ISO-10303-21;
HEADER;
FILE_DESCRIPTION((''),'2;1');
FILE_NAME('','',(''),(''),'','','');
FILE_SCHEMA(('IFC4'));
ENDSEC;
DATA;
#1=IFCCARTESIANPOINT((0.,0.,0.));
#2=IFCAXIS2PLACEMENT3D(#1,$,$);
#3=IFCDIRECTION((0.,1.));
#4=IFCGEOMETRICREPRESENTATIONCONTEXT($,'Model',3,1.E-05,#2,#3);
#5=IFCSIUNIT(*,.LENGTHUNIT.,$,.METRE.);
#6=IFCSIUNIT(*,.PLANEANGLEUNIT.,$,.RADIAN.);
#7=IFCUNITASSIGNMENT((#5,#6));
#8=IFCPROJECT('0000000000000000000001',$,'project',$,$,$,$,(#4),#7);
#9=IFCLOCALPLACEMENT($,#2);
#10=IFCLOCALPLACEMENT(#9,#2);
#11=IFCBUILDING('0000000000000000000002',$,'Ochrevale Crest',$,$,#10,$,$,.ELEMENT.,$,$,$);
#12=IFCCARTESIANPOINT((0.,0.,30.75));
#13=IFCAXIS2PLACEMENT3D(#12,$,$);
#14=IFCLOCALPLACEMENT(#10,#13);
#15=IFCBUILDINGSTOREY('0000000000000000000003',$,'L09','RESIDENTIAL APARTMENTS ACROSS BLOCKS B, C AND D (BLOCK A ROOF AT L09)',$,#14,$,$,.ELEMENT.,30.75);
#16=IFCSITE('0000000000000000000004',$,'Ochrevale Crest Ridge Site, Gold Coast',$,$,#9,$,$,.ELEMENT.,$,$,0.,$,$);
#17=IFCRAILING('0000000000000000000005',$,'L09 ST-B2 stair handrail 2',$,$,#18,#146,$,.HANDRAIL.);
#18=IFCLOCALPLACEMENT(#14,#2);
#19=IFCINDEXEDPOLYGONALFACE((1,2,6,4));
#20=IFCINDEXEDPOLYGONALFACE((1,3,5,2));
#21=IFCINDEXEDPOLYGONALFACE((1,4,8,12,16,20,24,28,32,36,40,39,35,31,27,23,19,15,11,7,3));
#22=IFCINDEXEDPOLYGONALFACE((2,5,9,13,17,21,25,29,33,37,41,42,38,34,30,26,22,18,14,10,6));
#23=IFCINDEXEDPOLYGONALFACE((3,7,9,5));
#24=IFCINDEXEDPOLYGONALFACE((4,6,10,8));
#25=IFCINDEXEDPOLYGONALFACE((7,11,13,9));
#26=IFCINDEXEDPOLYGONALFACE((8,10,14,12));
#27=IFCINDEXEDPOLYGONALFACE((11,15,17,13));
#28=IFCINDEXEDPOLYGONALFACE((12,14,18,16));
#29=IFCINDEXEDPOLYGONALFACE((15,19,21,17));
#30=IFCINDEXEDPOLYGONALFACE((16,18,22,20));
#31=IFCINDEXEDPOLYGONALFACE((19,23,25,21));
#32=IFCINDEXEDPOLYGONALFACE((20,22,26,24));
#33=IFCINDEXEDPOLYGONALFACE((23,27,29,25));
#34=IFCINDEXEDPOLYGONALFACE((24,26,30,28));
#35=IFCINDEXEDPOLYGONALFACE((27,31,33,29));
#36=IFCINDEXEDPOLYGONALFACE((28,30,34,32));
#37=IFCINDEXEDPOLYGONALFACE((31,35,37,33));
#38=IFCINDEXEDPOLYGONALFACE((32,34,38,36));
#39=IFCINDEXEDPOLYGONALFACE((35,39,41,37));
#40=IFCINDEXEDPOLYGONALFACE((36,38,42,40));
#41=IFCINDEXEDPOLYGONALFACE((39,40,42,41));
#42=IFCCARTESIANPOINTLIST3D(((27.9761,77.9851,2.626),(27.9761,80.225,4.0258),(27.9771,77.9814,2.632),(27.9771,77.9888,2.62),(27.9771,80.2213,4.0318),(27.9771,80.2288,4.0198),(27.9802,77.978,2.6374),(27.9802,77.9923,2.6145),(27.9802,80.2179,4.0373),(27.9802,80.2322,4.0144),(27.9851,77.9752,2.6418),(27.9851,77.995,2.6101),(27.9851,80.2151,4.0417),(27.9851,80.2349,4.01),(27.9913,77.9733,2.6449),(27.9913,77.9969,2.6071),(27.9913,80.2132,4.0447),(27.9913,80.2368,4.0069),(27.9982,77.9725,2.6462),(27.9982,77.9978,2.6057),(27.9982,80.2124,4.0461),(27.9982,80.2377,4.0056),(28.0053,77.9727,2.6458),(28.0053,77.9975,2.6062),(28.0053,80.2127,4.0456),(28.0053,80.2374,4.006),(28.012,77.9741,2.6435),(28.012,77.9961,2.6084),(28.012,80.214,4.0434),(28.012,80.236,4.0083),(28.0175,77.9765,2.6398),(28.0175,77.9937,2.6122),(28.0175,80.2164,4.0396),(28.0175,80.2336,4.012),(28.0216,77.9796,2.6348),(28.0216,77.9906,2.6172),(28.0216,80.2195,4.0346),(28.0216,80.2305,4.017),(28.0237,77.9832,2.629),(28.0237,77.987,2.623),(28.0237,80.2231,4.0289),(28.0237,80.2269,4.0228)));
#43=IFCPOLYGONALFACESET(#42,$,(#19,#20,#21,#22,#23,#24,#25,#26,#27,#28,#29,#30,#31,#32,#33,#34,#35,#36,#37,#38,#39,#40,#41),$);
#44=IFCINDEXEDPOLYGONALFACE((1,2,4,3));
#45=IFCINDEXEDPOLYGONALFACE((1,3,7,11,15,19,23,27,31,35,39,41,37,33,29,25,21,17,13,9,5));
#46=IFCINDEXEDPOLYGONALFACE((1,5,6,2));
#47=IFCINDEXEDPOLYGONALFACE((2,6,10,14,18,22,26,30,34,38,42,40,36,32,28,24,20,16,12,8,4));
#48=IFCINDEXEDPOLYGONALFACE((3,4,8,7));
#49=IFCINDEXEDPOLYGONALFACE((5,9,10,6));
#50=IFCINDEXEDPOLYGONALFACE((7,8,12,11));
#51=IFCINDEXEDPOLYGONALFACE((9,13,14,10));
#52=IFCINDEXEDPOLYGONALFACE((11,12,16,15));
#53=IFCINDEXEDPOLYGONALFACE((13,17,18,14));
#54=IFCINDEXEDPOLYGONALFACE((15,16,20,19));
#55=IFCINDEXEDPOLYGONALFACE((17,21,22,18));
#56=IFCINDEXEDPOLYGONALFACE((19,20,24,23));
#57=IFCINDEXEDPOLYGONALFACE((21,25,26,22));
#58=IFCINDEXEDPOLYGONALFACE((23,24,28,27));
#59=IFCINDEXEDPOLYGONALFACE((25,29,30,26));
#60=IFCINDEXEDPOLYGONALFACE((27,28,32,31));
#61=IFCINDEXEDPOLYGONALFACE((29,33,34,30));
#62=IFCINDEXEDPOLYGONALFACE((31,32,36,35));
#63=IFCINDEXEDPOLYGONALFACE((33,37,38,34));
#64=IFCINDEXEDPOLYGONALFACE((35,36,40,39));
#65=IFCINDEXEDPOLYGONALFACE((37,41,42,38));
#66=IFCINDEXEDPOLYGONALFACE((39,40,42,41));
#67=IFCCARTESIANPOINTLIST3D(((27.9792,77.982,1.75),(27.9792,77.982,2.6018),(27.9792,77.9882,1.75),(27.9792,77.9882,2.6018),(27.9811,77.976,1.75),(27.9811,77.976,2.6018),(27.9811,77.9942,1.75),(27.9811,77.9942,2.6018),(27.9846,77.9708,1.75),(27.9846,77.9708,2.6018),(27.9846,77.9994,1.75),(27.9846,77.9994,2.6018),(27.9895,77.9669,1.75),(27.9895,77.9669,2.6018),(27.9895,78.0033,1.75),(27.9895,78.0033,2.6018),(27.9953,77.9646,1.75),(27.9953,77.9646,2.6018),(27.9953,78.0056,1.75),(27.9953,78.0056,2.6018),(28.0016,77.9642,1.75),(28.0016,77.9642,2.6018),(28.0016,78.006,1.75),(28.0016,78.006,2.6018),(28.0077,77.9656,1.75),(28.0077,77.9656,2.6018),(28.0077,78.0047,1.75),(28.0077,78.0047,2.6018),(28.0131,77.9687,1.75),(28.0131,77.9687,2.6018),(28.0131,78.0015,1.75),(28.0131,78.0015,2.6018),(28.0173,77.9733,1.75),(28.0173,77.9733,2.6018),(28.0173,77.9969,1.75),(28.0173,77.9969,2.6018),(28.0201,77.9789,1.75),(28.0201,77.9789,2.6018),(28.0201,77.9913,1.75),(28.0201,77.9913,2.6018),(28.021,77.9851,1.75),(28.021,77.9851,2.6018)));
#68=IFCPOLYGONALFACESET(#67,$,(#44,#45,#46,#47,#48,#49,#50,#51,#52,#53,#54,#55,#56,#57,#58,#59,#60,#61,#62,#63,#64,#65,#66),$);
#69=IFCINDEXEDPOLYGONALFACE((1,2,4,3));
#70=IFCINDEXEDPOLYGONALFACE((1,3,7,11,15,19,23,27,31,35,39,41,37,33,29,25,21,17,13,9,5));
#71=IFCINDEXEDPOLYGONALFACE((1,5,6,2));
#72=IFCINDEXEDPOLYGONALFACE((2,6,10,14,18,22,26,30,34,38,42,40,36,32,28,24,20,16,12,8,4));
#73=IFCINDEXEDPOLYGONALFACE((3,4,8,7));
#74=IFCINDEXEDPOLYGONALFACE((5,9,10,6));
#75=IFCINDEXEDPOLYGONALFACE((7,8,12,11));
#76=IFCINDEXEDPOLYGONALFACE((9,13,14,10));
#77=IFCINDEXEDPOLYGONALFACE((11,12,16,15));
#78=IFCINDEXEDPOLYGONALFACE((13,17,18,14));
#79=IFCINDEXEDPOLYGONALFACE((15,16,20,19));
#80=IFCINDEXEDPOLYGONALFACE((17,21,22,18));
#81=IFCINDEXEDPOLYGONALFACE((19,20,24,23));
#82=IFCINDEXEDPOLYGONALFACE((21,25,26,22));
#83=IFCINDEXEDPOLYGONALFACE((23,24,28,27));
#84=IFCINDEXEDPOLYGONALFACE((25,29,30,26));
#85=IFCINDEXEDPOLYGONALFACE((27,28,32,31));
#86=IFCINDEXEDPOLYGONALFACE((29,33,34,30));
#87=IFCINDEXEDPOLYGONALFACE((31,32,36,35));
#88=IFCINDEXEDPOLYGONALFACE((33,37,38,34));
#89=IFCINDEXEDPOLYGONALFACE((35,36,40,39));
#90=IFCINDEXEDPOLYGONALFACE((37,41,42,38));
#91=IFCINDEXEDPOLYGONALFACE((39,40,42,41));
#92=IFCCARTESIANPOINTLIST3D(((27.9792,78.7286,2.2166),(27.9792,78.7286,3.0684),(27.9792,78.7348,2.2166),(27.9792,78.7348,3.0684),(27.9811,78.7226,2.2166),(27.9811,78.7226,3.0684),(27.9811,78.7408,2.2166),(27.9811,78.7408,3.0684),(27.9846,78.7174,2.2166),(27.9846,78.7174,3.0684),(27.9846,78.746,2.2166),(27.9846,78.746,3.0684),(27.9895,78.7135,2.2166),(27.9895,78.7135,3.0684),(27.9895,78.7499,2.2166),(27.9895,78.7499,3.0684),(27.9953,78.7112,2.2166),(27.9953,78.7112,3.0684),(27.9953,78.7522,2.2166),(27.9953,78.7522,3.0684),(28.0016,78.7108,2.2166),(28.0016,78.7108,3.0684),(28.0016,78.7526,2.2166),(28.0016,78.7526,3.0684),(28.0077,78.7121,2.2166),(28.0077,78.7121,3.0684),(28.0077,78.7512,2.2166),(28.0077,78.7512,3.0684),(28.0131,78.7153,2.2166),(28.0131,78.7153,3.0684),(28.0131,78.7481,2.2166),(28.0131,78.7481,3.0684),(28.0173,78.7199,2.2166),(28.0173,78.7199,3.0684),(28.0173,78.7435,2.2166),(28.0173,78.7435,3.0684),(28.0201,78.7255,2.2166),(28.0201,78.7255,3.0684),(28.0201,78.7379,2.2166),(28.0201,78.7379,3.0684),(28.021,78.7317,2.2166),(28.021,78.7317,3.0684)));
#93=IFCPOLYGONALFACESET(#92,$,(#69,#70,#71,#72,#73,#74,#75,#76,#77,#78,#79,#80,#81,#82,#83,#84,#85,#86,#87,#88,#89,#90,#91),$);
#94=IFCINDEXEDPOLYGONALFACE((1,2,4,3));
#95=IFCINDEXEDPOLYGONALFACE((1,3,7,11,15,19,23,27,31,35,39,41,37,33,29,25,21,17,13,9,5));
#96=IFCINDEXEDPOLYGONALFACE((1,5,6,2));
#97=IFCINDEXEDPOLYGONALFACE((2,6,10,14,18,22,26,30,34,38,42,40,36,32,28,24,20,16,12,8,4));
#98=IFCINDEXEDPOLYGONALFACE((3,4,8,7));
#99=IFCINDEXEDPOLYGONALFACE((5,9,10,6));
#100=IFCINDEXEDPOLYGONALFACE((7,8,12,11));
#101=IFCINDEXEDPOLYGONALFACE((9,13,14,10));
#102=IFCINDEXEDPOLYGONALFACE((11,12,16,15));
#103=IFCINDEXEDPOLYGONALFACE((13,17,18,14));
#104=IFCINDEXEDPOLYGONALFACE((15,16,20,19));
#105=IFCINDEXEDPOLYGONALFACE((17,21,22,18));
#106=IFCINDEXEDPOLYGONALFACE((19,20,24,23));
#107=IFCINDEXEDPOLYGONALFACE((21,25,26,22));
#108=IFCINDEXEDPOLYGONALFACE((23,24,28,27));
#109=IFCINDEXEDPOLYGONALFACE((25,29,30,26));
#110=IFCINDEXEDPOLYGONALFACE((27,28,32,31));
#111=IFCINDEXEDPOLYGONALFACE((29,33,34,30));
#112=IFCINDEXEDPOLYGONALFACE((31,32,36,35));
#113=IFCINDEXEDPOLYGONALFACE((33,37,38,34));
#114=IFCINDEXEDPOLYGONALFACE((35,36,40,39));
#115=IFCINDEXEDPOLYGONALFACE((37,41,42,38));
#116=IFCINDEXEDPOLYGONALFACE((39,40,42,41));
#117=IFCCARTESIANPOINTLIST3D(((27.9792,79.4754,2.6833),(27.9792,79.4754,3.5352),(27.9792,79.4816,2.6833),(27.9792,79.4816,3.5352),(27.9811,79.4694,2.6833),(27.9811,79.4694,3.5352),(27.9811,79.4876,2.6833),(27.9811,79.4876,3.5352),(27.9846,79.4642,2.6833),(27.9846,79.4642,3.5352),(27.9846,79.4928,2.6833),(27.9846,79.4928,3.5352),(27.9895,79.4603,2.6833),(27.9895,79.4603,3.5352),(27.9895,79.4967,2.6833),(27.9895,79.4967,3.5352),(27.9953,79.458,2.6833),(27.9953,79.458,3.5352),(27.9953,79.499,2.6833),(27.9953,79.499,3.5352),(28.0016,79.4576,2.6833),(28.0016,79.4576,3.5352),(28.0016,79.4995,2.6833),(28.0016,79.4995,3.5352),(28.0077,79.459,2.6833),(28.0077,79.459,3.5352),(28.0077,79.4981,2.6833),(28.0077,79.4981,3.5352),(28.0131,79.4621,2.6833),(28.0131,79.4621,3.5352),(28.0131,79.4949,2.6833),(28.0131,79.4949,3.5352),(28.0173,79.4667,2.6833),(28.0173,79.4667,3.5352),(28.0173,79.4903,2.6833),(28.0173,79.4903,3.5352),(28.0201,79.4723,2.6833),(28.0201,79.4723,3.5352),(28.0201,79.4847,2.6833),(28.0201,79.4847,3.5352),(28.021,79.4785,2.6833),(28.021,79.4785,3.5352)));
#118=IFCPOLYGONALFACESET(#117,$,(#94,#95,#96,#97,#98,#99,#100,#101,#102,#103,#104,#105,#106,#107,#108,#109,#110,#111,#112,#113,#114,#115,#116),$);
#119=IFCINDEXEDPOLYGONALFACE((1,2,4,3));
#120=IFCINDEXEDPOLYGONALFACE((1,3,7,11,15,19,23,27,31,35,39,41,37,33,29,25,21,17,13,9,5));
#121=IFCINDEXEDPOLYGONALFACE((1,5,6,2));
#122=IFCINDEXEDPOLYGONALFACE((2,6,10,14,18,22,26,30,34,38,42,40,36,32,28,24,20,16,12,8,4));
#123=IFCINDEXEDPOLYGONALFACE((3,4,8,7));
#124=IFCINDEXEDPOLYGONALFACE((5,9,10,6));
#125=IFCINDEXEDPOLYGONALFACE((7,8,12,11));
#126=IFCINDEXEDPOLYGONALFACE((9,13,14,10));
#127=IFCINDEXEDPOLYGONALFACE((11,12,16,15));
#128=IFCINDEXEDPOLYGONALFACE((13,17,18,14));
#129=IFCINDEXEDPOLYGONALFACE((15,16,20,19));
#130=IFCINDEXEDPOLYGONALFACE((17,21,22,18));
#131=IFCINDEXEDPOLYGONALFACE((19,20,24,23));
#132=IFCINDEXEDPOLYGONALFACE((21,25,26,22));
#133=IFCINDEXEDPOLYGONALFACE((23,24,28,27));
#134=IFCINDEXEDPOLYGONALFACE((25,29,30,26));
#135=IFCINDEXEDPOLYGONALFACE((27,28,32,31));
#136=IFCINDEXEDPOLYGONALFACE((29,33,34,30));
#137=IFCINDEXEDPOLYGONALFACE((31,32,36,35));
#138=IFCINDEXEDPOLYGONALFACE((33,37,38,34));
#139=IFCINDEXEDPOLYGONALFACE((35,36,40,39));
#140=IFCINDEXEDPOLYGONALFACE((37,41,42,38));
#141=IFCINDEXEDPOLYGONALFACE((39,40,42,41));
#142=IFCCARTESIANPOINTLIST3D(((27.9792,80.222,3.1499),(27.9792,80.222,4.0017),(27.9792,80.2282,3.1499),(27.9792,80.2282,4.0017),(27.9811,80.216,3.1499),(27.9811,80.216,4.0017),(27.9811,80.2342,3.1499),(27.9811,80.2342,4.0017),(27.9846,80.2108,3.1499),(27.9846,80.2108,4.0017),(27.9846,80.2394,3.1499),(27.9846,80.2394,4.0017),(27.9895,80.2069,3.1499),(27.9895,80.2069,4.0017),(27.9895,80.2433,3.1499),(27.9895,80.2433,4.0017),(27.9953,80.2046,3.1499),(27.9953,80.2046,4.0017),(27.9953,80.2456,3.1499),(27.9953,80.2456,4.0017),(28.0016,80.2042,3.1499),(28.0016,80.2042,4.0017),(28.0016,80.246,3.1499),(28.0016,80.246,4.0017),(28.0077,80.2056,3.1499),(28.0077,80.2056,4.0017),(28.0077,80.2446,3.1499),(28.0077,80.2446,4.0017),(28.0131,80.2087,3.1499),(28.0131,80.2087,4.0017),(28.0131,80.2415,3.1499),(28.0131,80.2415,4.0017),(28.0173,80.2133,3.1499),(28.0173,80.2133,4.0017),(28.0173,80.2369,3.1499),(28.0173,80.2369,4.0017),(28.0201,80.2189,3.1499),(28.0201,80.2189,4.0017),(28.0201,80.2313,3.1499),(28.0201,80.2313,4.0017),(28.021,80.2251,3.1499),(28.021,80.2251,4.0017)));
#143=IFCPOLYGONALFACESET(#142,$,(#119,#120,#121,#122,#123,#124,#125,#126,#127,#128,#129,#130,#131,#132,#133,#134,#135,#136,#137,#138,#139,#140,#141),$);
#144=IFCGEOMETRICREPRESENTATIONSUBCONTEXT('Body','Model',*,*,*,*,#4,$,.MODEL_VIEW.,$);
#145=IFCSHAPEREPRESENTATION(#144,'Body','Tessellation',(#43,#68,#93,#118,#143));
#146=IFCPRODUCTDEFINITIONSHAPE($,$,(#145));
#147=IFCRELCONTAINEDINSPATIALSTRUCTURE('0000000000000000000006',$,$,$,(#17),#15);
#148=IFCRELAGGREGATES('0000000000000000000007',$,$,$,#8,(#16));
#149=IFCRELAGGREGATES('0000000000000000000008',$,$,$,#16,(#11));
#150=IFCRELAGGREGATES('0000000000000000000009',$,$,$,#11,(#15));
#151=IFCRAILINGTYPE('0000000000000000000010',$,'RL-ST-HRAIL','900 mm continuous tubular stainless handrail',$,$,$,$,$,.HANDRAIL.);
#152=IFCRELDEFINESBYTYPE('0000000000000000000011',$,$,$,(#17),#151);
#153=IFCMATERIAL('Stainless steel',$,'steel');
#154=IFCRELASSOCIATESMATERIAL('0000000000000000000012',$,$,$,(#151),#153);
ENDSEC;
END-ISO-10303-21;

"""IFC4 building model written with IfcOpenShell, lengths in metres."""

from ifc_helpers import new_model, si_unit, direction, frame, origin, origin_2d, place, context, subcontext, project, spatial, circle, extrude, material, type_object, element, save


model = new_model("IFC4")

# Units and contexts
model_context = context("Model", 3, precision=1e-05, world=origin(), true_north=direction((0.0, 1.0)))
body_context = subcontext(model_context, "Body", "Model", "MODEL_VIEW")
ifc_project = project(units=[si_unit("LENGTHUNIT", "METRE"), si_unit("PLANEANGLEUNIT", "RADIAN")], contexts=[model_context])

# Site, building, storey
site_placement = place(None, origin())
site = spatial("IfcSite", under=ifc_project, at=site_placement, Name="Ochrevale Crest Ridge Site, Gold Coast", CompositionType="ELEMENT", RefElevation=0.0)
building_placement = place(site_placement, origin())
building = spatial("IfcBuilding", under=site, at=building_placement, Name="Ochrevale Crest", CompositionType="ELEMENT")
storey_placement = place(building_placement, frame((0.0, 0.0, 30.75)))
storey = spatial("IfcBuildingStorey", under=building, at=storey_placement, Name="L09", Description="RESIDENTIAL APARTMENTS ACROSS BLOCKS B, C AND D (BLOCK A ROOF AT L09)", CompositionType="ELEMENT", Elevation=30.75)

# Railing
ifc_material_1 = material(Name="Stainless steel", Category="steel")
railing_type_1 = type_object("IfcRailingType", Name="RL-ST-HRAIL", Description="900 mm continuous tubular stainless handrail", PredefinedType="HANDRAIL", material=ifc_material_1)
railing_1_placement = place(storey_placement, frame((28.0, 77.9851, 1.75)))
element("IfcRailing", 1, at=railing_1_placement, inside=storey, type_object=railing_type_1, Name="L09 ST-B2 stair handrail 2", PredefinedType="HANDRAIL", context=body_context, shape_type="SweptSolid", body=[
    extrude(circle(Radius=0.0239, at=origin_2d()), frame((0.0, 0.0, 0.876), z_axis=(0.0, 0.848014, 0.529974), x_axis=(-1.0, 0.0, 0.0)), (0.0, 0.0, 1.0), 2.6414),
    extrude(circle(Radius=0.021, at=origin_2d()), origin(), (0.0, 0.0, 1.0), 0.8518),
    extrude(circle(Radius=0.021, at=origin_2d()), frame((0.0, 0.7466, 0.4666)), (0.0, 0.0, 1.0), 0.8518),
    extrude(circle(Radius=0.021, at=origin_2d()), frame((0.0, 1.4934, 0.9333)), (0.0, 0.0, 1.0), 0.8518),
    extrude(circle(Radius=0.021, at=origin_2d()), frame((0.0, 2.24, 1.3999)), (0.0, 0.0, 1.0), 0.8518),
])

save(model, "model.ifc")
